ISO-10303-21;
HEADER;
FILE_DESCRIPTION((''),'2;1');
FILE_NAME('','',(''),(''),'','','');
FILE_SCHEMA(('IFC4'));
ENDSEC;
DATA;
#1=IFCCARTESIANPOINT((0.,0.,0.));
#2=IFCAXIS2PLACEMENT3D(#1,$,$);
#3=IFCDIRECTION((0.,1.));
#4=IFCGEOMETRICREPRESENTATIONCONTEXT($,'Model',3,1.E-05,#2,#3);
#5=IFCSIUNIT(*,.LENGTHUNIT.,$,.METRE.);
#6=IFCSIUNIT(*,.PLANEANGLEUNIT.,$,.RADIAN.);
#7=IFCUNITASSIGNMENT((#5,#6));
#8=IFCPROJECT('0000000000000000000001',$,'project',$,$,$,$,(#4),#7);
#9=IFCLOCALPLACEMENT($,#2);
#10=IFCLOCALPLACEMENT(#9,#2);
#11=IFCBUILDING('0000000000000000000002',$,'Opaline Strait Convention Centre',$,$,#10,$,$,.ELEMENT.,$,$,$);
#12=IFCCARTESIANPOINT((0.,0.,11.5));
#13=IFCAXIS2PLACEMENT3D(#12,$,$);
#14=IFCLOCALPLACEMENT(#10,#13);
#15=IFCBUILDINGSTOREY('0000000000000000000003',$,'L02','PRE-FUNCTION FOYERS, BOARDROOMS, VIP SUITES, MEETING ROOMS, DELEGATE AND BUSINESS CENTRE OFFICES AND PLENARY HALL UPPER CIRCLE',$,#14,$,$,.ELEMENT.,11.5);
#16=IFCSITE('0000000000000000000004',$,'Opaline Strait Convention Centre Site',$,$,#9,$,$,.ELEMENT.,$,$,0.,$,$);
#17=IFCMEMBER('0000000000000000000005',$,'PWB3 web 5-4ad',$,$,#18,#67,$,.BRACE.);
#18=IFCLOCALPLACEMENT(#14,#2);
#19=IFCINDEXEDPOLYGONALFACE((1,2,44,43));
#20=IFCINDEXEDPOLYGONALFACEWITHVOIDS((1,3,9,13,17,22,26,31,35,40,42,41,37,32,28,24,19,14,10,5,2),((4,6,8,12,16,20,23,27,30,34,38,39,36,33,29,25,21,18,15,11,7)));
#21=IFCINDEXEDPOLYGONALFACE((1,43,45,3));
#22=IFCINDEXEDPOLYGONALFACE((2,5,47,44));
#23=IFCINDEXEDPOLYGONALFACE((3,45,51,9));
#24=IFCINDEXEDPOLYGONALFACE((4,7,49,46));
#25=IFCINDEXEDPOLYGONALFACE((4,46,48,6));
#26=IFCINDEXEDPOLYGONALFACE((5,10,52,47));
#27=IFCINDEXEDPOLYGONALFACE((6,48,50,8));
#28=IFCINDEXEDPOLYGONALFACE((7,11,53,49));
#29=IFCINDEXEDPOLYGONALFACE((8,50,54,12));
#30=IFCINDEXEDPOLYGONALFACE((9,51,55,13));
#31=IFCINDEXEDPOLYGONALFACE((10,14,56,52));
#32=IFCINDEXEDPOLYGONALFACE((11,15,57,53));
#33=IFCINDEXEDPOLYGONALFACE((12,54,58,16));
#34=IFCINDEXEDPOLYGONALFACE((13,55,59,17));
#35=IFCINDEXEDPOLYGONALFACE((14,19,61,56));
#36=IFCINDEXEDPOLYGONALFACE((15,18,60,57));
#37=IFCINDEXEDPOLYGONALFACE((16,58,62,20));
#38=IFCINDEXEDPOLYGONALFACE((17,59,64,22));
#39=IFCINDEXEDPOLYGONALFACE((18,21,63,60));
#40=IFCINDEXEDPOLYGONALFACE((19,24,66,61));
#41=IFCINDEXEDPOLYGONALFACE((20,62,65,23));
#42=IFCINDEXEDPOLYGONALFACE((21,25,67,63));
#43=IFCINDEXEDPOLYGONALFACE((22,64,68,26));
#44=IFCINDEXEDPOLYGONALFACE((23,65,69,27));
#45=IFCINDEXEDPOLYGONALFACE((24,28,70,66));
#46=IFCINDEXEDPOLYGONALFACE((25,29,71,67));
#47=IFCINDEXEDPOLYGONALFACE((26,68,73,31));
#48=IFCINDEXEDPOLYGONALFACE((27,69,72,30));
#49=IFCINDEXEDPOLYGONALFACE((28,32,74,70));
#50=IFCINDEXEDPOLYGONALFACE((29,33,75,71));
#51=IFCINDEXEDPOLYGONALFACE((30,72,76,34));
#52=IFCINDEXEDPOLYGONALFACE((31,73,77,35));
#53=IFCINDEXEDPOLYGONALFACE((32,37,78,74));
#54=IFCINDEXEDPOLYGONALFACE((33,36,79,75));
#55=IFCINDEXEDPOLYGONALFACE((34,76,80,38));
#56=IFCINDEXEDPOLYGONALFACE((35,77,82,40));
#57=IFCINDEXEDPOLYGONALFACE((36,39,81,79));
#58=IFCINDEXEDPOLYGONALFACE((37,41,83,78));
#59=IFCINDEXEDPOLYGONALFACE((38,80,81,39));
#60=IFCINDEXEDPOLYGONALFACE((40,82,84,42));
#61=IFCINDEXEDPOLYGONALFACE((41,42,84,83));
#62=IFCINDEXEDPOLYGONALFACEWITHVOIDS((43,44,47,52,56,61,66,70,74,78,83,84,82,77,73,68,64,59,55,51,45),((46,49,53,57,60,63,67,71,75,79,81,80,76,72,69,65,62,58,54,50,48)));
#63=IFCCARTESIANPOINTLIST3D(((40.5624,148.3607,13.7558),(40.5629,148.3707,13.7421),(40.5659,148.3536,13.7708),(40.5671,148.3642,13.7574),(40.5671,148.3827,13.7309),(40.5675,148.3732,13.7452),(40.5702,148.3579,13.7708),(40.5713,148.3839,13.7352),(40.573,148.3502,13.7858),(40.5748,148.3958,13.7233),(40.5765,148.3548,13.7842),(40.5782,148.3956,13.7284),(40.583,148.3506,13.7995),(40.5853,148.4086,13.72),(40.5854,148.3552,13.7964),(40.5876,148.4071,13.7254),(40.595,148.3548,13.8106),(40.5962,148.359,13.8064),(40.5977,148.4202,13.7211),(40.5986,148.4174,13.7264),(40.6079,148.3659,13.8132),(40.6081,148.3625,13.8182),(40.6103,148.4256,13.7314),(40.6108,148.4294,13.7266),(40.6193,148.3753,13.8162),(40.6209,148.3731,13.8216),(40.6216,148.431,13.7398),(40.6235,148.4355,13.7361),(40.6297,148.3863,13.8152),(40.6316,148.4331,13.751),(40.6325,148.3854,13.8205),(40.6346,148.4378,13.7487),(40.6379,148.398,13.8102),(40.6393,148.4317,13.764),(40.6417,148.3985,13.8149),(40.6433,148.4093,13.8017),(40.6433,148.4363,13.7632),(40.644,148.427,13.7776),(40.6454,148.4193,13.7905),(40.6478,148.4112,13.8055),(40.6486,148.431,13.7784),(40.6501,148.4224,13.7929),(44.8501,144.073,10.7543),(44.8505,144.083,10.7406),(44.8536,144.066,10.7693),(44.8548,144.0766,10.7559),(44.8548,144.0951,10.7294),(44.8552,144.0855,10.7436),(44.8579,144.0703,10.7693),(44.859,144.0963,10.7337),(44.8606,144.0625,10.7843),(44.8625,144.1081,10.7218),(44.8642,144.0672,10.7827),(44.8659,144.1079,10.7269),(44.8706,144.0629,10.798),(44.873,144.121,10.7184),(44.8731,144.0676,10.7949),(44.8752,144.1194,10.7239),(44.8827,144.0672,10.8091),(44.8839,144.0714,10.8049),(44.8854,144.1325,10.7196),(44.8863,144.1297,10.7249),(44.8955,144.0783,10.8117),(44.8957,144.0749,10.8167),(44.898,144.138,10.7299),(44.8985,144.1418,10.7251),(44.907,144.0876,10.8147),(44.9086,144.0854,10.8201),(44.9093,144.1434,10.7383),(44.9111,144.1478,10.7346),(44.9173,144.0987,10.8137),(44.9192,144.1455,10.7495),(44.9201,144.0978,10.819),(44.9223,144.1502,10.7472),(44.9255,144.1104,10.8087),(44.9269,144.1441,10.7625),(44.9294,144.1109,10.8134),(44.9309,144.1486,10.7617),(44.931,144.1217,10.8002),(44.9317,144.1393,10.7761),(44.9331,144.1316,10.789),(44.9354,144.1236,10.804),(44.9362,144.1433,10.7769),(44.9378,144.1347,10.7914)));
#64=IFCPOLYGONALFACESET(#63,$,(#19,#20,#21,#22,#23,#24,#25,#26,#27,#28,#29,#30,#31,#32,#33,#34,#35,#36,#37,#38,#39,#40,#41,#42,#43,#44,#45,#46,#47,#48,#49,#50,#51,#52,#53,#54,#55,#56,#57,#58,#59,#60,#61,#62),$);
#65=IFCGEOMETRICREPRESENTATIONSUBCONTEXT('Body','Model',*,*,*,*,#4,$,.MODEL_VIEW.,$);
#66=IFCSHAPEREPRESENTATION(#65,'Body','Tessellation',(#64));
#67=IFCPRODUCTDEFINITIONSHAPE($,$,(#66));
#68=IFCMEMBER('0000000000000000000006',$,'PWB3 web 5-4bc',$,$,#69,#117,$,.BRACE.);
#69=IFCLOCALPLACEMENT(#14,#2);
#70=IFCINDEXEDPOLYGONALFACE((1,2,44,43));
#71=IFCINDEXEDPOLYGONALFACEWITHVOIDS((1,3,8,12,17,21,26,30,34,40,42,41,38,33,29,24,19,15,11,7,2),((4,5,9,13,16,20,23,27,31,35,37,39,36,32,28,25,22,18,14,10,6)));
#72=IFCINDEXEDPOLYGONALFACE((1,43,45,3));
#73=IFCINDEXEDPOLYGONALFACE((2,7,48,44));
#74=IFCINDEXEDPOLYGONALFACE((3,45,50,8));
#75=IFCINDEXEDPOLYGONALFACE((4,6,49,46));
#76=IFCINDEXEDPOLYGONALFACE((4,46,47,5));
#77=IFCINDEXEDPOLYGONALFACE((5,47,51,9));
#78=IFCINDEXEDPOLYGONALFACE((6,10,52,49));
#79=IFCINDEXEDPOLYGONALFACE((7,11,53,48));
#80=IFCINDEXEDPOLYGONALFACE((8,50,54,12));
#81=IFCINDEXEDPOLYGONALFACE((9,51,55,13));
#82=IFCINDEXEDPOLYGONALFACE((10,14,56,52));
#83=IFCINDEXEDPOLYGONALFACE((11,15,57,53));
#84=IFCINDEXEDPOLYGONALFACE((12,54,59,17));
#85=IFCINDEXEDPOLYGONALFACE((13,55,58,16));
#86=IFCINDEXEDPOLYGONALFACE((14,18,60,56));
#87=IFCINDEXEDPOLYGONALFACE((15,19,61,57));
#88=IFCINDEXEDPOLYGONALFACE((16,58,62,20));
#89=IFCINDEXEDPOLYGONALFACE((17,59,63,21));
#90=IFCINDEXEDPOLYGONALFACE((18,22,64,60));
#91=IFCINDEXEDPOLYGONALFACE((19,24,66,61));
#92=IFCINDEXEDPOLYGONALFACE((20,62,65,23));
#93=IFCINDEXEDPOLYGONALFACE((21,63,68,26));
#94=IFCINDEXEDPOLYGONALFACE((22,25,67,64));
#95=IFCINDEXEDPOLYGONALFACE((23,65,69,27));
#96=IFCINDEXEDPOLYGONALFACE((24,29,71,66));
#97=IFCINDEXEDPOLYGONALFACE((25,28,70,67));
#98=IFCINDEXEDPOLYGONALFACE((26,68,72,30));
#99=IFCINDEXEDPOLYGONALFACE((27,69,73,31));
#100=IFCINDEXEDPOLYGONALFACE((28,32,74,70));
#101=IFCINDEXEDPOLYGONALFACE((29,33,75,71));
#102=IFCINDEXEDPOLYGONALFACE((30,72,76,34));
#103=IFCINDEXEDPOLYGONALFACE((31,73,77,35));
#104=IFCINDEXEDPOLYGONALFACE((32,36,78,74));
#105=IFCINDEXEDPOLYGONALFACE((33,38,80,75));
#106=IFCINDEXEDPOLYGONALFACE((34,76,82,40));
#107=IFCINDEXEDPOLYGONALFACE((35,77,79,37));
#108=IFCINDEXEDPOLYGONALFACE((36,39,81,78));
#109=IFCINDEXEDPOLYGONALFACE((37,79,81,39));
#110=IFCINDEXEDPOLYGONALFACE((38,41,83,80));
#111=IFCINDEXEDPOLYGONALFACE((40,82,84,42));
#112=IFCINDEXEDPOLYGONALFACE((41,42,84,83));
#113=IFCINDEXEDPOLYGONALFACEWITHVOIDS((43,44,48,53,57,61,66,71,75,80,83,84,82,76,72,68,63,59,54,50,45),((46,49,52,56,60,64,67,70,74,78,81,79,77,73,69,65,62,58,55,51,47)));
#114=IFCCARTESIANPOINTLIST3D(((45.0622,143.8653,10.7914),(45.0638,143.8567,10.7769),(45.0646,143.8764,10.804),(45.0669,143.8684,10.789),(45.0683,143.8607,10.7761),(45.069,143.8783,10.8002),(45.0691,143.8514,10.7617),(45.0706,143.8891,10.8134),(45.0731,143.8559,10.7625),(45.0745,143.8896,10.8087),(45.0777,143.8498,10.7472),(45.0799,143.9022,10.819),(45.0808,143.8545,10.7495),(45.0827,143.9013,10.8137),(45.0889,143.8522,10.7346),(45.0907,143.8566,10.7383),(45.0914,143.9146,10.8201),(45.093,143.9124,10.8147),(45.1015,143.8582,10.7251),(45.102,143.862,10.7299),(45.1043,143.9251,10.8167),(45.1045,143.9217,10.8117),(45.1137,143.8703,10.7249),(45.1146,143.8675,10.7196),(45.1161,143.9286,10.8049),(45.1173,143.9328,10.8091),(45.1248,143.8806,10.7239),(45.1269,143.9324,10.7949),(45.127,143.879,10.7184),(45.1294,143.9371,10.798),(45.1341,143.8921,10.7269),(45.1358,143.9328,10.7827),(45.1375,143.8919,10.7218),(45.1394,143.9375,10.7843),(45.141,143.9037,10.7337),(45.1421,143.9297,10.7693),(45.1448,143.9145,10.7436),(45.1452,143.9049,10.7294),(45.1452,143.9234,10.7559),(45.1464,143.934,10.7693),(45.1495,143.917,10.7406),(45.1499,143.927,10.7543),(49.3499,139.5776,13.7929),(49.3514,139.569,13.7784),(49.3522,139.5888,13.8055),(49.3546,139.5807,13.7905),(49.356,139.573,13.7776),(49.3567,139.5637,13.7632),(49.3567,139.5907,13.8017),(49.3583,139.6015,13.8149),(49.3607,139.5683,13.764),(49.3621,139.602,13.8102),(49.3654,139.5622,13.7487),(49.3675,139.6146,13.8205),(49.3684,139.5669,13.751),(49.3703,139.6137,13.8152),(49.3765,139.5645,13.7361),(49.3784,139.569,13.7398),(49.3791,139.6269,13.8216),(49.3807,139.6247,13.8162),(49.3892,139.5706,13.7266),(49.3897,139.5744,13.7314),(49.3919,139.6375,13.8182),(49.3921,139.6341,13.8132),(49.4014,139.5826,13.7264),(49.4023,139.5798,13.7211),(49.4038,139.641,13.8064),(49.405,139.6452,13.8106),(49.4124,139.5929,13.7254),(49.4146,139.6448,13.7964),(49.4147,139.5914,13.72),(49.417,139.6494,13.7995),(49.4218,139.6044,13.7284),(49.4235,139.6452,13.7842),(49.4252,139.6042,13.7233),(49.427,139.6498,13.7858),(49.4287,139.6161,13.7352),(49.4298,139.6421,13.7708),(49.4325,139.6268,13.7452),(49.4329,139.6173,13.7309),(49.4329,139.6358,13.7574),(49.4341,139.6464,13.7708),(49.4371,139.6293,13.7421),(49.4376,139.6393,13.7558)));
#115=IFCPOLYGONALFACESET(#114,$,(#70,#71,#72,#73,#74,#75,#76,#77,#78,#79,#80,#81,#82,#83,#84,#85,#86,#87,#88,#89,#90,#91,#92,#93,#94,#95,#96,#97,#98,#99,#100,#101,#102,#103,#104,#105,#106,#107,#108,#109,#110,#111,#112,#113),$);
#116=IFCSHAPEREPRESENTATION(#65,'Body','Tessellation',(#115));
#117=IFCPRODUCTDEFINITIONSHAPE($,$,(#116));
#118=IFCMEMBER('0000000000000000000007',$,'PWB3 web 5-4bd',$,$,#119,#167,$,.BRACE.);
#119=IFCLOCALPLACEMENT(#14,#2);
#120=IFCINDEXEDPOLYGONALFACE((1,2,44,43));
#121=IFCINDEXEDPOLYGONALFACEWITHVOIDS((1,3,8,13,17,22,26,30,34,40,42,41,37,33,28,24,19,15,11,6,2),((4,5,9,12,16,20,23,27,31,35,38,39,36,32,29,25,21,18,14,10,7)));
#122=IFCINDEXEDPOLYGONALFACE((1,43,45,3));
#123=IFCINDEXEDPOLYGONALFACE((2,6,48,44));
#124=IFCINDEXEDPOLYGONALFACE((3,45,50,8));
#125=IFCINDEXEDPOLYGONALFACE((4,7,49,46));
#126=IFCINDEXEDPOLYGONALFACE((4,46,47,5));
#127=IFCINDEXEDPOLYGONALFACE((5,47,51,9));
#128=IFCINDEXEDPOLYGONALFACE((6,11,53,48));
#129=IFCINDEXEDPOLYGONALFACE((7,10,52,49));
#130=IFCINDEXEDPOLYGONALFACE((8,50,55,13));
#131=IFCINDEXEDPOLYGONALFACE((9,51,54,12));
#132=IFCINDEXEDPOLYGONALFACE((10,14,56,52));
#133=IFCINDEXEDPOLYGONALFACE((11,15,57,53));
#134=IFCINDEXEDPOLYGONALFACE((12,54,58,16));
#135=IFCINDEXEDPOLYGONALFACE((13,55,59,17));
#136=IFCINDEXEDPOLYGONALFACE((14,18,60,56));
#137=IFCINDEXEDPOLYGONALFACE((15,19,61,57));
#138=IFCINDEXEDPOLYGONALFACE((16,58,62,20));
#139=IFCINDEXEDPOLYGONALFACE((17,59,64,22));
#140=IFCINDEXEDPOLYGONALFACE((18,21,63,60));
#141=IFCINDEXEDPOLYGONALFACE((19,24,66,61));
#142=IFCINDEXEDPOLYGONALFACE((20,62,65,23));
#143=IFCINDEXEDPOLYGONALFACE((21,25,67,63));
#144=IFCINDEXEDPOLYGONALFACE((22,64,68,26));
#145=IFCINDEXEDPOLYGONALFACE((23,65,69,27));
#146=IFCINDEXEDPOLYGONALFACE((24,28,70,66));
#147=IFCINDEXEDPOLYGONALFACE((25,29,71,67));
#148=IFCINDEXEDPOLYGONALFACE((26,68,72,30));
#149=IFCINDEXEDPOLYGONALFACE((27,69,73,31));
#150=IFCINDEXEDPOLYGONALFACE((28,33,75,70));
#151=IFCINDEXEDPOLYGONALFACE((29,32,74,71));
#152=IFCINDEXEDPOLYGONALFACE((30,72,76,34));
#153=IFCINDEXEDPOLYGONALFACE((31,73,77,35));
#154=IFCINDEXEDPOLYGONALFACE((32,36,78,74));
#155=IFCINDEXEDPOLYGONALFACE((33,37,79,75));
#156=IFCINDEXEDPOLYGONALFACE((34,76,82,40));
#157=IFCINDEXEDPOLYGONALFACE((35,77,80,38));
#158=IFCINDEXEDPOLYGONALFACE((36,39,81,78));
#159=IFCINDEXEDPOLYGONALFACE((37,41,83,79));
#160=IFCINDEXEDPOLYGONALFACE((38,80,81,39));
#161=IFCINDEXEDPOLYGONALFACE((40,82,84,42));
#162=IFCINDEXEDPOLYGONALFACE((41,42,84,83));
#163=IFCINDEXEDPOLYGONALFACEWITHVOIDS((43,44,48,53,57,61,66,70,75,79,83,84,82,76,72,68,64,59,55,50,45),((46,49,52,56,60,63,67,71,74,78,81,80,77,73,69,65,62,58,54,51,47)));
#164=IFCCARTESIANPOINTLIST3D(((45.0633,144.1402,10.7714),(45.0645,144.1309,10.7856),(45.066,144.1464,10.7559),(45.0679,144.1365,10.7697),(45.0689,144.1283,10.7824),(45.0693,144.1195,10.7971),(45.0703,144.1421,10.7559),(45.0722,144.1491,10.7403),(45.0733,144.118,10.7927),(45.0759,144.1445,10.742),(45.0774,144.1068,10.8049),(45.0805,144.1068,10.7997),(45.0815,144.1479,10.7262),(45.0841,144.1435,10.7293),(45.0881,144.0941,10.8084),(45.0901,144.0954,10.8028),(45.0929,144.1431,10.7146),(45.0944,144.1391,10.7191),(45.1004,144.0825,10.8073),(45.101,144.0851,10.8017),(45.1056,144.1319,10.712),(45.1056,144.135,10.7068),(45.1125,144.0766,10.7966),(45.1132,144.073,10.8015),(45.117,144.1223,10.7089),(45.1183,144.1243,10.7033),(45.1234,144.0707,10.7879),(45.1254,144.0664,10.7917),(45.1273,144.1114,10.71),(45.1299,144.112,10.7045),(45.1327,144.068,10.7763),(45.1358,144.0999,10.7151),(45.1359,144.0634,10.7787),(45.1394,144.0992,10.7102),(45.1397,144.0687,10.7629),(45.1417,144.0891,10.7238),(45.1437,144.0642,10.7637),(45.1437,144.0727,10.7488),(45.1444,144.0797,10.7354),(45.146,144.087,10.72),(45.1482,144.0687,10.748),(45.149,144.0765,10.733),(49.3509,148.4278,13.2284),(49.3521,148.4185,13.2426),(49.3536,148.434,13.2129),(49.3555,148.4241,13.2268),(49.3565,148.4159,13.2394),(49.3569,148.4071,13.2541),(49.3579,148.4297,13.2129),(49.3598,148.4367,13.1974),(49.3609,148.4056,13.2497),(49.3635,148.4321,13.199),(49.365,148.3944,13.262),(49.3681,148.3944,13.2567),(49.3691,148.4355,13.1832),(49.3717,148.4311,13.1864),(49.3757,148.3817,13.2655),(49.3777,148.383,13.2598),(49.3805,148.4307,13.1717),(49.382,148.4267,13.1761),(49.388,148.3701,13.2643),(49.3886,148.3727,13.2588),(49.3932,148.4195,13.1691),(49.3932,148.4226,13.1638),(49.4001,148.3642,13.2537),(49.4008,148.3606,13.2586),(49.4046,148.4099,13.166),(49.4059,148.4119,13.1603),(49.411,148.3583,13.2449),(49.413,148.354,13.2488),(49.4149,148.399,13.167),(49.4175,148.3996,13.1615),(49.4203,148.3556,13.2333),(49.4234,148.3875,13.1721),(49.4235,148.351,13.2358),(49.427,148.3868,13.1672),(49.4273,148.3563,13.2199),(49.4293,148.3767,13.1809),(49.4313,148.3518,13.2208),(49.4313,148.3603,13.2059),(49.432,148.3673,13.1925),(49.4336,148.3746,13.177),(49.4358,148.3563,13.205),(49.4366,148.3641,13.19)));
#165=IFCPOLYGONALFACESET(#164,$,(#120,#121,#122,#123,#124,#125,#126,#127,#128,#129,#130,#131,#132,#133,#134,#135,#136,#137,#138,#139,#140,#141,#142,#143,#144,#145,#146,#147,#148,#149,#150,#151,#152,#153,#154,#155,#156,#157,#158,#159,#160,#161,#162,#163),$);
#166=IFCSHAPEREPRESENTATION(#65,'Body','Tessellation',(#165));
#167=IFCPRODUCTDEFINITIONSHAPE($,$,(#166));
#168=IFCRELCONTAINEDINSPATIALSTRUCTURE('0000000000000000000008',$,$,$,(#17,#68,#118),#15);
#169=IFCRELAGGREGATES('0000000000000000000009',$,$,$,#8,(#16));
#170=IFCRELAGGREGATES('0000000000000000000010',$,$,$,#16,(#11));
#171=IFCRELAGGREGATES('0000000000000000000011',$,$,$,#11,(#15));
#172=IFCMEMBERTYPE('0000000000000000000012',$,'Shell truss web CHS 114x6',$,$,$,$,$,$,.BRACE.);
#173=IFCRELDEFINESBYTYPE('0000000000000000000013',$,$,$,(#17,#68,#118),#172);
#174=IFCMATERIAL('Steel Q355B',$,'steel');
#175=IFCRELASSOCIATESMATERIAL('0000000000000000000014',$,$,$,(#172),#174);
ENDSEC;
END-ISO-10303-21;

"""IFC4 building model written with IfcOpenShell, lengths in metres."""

from ifc_helpers import new_model, si_unit, direction, frame, origin, origin_2d, place, context, subcontext, project, spatial, hollow_circle, extrude, material, material_profile, profile_set, type_object, element, save


model = new_model("IFC4")

# Units and contexts
model_context = context("Model", 3, precision=1e-05, world=origin(), true_north=direction((0.0, 1.0)))
body_context = subcontext(model_context, "Body", "Model", "MODEL_VIEW")
ifc_project = project(units=[si_unit("LENGTHUNIT", "METRE"), si_unit("PLANEANGLEUNIT", "RADIAN")], contexts=[model_context])

# Site, building, storey
site_placement = place(None, origin())
site = spatial("IfcSite", under=ifc_project, at=site_placement, Name="Opaline Strait Convention Centre Site", CompositionType="ELEMENT", RefElevation=0.0)
building_placement = place(site_placement, origin())
building = spatial("IfcBuilding", under=site, at=building_placement, Name="Opaline Strait Convention Centre", CompositionType="ELEMENT")
storey_placement = place(building_placement, frame((0.0, 0.0, 11.5)))
storey = spatial("IfcBuildingStorey", under=building, at=storey_placement, Name="L02", Description="PRE-FUNCTION FOYERS, BOARDROOMS, VIP SUITES, MEETING ROOMS, DELEGATE AND BUSINESS CENTRE OFFICES AND PLENARY HALL UPPER CIRCLE", CompositionType="ELEMENT", Elevation=11.5)

# Members
ifc_material_1 = material(Name="Steel Q355B", Category="steel")
ifc_material_profile_1 = material_profile(ifc_material_1, hollow_circle(Radius=0.0569, WallThickness=0.0061, at=origin_2d()), Name="CHS 114x6")
ifc_profile_set_1 = profile_set([ifc_material_profile_1], Name="Steel Q355B")
member_type_1 = type_object("IfcMemberType", Name="Shell truss web CHS 114x6", PredefinedType="BRACE", material=ifc_profile_set_1)
for number, where, z_axis, x_axis, name in (
    (1, (44.8938, 144.1062, 10.7693), (-0.633718, 0.633718, 0.443624), (-0.707107, -0.707107, 0.0), "PWB3 web 5-4ad"),
    (2, (45.1062, 143.8938, 10.7693), (0.633718, -0.633718, 0.443624), (0.707107, 0.707107, 0.0), "PWB3 web 5-4bc"),
):
    element("IfcMember", number, at=place(storey_placement, frame(where, z_axis=z_axis, x_axis=x_axis)), inside=storey, type_object=member_type_1, Name=name, PredefinedType="BRACE", context=body_context, shape_type="SweptSolid", body=[
        extrude(hollow_circle(Radius=0.0569, WallThickness=0.0061, at=origin_2d()), origin(), (0.0, 0.0, 1.0), 6.7659),
    ])
member_1_placement = place(storey_placement, frame((45.1062, 144.1062, 10.7559), z_axis=(0.655348, 0.655348, 0.375551), x_axis=(-0.707107, 0.707107, 0.0)))
element("IfcMember", 3, at=member_1_placement, inside=storey, type_object=member_type_1, Name="PWB3 web 5-4bd", PredefinedType="BRACE", context=body_context, shape_type="SweptSolid", body=[
    extrude(hollow_circle(Radius=0.0569, WallThickness=0.0061, at=origin_2d()), origin(), (0.0, 0.0, 1.0), 6.5425),
])

save(model, "model.ifc")
